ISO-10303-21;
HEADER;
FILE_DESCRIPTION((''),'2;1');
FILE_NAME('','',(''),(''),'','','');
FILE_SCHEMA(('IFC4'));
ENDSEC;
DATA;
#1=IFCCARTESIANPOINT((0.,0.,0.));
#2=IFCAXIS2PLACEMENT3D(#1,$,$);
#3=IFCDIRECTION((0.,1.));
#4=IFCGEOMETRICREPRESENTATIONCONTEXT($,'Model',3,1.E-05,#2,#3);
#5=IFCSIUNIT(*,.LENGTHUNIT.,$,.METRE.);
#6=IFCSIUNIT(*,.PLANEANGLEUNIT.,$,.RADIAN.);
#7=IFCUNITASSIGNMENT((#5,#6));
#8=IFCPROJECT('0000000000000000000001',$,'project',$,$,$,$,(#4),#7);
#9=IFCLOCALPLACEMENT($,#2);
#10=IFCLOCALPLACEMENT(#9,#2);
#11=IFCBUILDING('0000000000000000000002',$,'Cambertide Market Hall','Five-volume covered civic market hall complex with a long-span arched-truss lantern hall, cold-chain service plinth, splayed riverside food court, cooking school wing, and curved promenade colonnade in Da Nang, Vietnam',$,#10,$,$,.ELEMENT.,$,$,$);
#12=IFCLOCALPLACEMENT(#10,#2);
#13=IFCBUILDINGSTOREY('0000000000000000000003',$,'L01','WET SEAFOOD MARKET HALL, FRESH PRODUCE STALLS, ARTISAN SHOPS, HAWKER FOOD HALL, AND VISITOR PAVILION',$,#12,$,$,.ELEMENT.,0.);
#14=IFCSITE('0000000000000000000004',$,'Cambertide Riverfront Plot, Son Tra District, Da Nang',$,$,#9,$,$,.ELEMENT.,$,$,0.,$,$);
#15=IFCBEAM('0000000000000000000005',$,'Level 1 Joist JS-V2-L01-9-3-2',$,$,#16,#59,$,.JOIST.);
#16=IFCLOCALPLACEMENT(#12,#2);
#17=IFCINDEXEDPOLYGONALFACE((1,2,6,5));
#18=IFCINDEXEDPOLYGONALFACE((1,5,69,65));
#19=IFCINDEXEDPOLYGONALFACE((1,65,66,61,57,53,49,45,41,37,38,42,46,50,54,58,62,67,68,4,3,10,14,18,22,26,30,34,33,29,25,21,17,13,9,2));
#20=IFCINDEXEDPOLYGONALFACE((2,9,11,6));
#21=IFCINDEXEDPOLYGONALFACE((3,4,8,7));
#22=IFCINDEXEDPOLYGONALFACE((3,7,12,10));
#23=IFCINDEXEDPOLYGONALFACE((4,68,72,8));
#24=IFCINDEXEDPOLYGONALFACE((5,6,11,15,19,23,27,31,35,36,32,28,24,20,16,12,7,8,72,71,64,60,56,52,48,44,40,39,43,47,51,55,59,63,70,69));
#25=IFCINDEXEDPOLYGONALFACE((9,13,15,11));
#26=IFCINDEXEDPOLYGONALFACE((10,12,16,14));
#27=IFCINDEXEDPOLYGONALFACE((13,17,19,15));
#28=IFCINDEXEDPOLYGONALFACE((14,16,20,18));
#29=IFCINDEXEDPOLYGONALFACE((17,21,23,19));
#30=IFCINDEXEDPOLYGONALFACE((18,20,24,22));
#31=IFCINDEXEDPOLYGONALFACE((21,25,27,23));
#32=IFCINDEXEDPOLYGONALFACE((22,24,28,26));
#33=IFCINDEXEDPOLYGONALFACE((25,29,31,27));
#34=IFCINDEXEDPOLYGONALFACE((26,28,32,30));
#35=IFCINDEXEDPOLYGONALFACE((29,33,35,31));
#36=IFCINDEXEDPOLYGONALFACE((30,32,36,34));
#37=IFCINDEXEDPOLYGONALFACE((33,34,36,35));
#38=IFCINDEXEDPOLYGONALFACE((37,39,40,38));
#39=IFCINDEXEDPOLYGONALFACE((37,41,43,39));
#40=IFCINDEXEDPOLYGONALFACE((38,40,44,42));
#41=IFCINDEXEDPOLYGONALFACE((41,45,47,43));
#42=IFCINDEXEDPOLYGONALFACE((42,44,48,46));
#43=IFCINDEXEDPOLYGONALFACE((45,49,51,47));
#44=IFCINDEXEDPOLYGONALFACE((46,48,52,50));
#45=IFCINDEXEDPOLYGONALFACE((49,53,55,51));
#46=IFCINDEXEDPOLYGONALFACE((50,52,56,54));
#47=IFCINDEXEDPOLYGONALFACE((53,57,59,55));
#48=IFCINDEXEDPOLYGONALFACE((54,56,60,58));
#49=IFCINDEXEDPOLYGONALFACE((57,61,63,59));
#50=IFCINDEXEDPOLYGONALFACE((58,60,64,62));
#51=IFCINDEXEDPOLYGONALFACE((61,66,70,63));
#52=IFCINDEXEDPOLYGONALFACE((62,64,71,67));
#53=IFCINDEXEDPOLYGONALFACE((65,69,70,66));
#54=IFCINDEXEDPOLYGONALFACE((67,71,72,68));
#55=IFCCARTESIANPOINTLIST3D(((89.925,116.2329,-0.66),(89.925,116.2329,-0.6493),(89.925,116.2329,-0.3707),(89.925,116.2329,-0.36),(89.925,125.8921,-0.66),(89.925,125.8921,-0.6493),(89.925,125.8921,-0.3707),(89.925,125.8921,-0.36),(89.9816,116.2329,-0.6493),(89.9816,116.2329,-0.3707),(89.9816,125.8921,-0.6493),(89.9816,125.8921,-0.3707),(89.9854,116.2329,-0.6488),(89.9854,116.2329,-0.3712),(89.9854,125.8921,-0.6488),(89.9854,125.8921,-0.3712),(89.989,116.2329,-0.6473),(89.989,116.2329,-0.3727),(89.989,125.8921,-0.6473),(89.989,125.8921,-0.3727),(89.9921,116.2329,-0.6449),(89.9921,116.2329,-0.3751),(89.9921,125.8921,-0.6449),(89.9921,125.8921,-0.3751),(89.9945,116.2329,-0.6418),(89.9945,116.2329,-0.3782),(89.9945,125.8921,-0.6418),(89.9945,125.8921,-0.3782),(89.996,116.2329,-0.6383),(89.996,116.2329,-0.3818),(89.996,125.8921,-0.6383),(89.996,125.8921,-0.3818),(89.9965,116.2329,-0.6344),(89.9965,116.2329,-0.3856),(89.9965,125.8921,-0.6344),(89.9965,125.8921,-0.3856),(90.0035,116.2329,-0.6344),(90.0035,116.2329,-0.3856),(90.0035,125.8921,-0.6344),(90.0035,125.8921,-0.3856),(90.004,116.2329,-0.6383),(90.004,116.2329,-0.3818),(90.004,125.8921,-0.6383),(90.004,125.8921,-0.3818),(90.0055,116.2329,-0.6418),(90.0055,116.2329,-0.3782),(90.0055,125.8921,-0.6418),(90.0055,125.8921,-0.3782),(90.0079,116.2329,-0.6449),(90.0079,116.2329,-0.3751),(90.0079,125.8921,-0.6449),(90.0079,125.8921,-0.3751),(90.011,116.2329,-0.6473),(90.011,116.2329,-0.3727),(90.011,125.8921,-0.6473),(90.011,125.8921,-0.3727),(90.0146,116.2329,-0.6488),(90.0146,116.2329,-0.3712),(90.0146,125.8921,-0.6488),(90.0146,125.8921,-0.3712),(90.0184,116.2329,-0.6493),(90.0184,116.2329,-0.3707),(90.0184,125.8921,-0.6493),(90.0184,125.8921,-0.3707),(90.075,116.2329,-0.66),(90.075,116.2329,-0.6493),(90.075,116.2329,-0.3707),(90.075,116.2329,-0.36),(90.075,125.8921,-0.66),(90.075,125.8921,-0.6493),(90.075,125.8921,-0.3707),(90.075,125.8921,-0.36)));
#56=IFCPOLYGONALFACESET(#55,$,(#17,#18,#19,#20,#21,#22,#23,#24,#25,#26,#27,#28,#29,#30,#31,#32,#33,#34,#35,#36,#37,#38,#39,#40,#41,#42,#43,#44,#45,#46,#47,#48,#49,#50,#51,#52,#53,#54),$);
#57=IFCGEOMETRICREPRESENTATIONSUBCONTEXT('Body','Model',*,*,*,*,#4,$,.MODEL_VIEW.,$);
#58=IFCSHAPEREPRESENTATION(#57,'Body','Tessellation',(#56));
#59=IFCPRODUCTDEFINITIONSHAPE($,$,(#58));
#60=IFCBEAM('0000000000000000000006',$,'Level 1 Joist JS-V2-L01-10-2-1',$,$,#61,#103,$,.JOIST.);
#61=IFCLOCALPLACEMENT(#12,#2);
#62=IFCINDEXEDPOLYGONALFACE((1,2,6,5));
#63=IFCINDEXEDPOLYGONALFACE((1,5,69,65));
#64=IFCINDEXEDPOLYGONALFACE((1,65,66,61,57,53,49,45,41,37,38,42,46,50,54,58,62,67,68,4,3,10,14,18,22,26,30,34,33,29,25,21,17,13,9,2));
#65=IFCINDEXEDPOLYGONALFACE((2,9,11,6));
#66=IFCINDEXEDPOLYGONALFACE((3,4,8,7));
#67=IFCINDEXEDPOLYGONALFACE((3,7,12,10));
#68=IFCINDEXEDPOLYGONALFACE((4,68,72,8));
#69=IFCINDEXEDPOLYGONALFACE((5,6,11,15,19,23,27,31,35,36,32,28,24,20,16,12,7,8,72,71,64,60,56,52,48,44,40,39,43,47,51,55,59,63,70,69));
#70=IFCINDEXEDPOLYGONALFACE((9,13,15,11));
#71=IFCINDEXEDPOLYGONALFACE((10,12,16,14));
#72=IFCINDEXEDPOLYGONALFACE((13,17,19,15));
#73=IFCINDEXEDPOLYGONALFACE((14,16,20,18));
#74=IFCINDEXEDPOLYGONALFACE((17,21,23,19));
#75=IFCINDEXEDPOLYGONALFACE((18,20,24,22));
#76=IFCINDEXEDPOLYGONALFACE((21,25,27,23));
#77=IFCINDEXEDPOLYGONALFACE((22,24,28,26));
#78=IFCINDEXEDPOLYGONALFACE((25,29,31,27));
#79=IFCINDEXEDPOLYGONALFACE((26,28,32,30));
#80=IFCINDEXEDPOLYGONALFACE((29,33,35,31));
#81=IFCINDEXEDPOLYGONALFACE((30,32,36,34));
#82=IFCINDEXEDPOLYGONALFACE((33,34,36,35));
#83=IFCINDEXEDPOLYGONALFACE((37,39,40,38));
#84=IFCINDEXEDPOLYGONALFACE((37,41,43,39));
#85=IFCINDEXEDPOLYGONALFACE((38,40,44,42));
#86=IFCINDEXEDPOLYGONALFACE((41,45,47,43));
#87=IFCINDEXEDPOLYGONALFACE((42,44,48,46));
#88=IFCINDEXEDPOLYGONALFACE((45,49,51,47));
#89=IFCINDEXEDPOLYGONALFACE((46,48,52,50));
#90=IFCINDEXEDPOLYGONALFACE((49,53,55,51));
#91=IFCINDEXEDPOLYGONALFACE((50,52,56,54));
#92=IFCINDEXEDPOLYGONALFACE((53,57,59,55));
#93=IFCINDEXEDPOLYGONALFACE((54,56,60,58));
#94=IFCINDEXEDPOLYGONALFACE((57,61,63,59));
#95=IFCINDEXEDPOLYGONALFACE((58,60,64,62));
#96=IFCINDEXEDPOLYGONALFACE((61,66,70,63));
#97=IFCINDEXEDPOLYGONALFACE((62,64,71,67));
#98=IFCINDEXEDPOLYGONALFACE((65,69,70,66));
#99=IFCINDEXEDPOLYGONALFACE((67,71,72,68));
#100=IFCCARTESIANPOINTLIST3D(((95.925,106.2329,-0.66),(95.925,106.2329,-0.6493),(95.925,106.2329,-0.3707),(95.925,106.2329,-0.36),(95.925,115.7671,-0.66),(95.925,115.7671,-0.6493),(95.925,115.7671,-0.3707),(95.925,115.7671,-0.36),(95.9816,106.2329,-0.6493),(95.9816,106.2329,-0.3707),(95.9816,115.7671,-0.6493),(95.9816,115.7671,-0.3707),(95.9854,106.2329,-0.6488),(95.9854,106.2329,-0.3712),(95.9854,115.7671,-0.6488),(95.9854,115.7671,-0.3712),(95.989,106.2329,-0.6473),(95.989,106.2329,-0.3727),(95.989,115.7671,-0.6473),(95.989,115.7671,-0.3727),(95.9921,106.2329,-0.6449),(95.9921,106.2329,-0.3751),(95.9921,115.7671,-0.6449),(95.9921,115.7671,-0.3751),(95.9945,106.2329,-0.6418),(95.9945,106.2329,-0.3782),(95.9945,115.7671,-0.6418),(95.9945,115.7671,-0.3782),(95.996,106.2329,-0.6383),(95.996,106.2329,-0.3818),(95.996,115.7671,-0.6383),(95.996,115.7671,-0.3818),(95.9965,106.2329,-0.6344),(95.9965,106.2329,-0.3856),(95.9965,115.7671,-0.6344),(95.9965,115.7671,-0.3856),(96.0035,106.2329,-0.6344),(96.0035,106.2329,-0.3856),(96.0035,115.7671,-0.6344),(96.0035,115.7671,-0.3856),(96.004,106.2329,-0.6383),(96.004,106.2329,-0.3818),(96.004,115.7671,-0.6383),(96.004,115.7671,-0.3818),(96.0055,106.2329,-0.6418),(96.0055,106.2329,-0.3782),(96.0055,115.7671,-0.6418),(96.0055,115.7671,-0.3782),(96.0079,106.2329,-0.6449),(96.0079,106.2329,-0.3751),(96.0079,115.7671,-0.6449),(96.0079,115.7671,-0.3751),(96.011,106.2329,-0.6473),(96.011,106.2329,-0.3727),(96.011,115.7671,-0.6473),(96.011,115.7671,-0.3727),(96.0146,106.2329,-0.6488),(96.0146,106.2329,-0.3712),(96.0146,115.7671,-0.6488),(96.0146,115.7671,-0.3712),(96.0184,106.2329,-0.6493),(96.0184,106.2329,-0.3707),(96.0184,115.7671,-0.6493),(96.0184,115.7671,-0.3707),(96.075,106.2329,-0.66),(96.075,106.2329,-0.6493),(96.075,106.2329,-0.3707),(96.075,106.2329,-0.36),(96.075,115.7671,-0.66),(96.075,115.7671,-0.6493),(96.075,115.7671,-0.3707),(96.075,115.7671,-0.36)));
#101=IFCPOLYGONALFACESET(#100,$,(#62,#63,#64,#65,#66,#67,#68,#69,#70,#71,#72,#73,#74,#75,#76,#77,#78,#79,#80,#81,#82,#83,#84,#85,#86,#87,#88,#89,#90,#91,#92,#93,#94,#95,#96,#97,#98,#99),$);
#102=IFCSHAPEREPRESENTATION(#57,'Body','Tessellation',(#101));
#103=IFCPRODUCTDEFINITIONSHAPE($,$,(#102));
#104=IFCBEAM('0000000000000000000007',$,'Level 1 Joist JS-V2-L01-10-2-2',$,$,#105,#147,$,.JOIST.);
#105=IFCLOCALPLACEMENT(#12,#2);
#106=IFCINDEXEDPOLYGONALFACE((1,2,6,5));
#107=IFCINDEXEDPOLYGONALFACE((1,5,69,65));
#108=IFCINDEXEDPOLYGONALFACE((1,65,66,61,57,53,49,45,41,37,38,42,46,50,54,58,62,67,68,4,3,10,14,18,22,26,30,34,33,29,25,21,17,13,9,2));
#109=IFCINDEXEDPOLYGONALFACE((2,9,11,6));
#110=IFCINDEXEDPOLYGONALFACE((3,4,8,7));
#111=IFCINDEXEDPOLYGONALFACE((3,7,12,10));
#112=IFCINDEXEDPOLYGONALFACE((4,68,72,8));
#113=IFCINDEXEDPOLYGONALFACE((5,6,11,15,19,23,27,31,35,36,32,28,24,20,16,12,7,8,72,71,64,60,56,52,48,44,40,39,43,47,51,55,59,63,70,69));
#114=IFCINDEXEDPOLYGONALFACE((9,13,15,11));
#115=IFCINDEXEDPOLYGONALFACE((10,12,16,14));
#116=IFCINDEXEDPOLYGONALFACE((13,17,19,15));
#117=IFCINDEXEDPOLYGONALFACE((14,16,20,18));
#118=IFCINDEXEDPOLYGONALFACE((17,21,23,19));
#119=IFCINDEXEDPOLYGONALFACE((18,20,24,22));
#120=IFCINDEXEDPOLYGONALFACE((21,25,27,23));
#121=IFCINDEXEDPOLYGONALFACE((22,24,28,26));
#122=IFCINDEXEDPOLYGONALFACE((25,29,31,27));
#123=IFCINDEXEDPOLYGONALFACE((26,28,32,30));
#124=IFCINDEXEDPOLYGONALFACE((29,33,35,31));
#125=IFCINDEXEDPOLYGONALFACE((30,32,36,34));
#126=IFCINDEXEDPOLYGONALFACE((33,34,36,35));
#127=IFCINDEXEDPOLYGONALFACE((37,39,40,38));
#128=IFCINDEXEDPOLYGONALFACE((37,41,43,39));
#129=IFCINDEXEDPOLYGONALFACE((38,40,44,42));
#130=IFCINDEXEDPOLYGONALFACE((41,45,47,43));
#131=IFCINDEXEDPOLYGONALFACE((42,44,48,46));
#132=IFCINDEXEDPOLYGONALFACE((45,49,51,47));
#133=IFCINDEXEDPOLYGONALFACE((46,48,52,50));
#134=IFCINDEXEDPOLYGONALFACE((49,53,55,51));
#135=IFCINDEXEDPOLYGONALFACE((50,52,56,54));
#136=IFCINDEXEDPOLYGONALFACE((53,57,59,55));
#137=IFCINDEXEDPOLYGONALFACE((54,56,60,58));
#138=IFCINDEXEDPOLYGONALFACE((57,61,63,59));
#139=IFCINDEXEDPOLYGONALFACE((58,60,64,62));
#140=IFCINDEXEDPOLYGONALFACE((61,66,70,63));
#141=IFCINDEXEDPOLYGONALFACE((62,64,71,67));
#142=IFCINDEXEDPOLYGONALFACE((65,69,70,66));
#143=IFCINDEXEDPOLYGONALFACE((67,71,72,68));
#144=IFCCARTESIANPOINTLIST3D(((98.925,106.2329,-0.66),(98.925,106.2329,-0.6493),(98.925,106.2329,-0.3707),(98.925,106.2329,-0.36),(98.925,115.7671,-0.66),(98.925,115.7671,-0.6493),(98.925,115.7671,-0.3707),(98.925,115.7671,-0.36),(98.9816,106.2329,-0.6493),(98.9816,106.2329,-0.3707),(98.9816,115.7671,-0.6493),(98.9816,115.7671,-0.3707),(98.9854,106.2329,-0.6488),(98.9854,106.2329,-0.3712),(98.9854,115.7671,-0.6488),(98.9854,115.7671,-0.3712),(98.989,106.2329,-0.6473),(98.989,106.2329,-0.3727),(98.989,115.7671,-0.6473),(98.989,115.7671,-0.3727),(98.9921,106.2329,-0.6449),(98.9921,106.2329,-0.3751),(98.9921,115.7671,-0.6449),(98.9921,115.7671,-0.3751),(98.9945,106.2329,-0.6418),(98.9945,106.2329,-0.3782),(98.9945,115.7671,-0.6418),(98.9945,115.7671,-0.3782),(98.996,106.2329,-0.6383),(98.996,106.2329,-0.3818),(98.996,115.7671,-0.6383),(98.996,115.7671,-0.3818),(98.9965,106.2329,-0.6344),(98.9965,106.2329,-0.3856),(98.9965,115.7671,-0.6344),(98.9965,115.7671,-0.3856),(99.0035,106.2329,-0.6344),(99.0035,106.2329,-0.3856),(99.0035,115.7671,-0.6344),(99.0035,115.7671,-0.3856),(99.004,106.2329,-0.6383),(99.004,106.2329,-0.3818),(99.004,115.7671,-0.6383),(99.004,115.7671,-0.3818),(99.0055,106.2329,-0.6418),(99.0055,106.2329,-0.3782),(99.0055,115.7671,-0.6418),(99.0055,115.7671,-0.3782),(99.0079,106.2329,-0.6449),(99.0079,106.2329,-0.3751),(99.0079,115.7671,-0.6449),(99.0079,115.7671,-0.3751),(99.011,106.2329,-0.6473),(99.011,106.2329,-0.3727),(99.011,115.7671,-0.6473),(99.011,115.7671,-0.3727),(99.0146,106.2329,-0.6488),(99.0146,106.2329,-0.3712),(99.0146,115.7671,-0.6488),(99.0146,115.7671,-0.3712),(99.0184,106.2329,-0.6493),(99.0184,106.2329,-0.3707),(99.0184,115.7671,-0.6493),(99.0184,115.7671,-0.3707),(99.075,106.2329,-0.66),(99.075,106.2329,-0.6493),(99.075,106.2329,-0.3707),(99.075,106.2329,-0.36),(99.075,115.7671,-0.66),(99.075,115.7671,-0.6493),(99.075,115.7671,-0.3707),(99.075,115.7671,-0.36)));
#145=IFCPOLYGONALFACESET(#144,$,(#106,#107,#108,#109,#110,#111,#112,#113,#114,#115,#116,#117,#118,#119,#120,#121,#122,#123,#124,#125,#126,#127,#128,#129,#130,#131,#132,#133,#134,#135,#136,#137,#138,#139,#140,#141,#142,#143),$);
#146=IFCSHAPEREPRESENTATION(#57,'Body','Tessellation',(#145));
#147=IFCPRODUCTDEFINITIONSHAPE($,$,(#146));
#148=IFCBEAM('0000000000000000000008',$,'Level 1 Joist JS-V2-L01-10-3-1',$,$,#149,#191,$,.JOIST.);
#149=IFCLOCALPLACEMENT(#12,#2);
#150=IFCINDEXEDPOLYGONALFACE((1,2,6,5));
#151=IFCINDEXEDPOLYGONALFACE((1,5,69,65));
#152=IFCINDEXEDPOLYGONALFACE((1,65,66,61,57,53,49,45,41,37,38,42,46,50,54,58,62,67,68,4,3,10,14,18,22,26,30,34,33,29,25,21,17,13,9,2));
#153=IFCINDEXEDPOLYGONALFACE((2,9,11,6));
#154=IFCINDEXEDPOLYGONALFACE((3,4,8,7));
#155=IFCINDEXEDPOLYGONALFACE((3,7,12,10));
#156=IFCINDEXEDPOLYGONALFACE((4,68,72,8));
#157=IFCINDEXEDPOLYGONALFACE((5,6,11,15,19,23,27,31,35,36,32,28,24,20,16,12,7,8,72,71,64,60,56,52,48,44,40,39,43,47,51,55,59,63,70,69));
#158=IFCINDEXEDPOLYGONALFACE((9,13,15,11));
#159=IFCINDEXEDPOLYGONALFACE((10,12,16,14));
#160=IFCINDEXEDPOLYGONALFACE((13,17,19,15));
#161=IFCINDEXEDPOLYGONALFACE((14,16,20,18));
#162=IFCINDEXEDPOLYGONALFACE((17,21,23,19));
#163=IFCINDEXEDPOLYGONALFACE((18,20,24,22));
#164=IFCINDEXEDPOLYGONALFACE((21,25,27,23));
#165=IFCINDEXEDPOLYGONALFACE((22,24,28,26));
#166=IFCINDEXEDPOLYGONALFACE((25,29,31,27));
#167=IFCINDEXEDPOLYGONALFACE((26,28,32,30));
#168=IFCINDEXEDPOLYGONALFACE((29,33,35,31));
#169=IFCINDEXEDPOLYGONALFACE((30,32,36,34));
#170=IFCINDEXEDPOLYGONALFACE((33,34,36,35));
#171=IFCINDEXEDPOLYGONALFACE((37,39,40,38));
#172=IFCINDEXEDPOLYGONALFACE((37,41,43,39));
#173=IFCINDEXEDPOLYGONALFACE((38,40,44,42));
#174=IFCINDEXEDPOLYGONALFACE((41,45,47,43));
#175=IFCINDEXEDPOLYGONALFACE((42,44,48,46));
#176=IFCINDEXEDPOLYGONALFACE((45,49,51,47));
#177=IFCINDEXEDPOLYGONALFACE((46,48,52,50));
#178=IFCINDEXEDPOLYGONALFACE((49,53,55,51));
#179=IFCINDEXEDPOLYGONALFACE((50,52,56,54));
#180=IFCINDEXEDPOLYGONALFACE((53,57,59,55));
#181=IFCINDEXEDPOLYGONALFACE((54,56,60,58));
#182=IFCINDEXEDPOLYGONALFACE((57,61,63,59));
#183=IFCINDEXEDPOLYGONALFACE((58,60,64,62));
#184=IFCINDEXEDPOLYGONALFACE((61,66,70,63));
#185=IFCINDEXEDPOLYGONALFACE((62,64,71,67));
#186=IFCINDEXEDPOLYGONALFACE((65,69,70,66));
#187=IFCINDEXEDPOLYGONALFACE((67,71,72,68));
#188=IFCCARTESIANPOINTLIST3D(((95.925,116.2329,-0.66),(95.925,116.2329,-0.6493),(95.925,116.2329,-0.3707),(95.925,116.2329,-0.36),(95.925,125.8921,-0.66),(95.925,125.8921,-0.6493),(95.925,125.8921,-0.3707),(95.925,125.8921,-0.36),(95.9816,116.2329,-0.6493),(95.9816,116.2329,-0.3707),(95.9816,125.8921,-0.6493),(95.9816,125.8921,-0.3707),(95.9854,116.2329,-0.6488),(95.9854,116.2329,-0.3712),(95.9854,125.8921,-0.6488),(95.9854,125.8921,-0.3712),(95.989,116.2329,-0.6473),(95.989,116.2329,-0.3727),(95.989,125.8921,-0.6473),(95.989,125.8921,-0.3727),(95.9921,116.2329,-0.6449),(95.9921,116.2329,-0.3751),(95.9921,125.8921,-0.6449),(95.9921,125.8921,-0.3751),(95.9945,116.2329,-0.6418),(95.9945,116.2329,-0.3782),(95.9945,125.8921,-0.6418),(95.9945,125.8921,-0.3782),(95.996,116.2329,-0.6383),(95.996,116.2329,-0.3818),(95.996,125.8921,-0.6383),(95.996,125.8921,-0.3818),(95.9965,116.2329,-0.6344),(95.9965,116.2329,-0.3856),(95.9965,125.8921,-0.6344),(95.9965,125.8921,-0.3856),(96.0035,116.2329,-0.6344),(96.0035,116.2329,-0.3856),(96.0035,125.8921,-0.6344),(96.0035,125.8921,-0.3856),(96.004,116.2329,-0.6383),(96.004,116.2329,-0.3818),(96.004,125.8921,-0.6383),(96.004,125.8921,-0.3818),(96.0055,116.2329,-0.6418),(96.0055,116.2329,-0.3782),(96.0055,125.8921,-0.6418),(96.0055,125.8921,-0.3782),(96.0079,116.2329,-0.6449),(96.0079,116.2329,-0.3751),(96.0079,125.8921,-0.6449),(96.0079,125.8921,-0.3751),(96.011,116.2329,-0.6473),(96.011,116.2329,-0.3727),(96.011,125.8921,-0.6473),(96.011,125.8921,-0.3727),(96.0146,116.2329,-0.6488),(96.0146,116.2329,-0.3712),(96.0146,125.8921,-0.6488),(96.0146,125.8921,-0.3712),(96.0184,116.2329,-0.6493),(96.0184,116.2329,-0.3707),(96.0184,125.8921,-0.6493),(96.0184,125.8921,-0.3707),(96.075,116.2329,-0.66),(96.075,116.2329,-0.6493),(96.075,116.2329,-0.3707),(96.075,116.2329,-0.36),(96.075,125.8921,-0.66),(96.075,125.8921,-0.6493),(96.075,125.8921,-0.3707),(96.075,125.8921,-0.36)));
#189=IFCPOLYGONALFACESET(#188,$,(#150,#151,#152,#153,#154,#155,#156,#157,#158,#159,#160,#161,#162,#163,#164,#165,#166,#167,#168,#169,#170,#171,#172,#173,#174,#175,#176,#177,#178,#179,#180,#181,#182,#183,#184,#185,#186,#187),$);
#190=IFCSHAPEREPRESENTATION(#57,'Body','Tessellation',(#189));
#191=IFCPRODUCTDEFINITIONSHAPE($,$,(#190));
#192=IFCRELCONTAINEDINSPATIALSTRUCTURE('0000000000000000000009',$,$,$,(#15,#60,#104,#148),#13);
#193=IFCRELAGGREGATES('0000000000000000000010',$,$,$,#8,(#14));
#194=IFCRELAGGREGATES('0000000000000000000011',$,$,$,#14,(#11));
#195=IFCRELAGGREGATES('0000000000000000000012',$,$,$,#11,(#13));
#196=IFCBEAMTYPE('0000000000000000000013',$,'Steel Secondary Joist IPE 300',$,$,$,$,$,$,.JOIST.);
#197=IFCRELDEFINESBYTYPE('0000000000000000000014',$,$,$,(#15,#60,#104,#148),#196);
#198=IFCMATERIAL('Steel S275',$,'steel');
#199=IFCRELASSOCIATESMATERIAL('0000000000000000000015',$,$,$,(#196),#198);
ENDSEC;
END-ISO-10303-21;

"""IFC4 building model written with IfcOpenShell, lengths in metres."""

from ifc_helpers import new_model, si_unit, direction, frame, origin, origin_2d, place, context, subcontext, project, spatial, i_section, extrude, material, material_profile, profile_set, type_object, element, save


model = new_model("IFC4")

# Units and contexts
model_context = context("Model", 3, precision=1e-05, world=origin(), true_north=direction((0.0, 1.0)))
body_context = subcontext(model_context, "Body", "Model", "MODEL_VIEW")
ifc_project = project(units=[si_unit("LENGTHUNIT", "METRE"), si_unit("PLANEANGLEUNIT", "RADIAN")], contexts=[model_context])

# Site, building, storey
site_placement = place(None, origin())
site = spatial("IfcSite", under=ifc_project, at=site_placement, Name="Cambertide Riverfront Plot, Son Tra District, Da Nang", CompositionType="ELEMENT", RefElevation=0.0)
building_placement = place(site_placement, origin())
building = spatial("IfcBuilding", under=site, at=building_placement, Name="Cambertide Market Hall", Description="Five-volume covered civic market hall complex with a long-span arched-truss lantern hall, cold-chain service plinth, splayed riverside food court, cooking school wing, and curved promenade colonnade in Da Nang, Vietnam", CompositionType="ELEMENT")
storey_placement = place(building_placement, origin())
storey = spatial("IfcBuildingStorey", under=building, at=storey_placement, Name="L01", Description="WET SEAFOOD MARKET HALL, FRESH PRODUCE STALLS, ARTISAN SHOPS, HAWKER FOOD HALL, AND VISITOR PAVILION", CompositionType="ELEMENT", Elevation=0.0)

# Beams
ifc_material_1 = material(Name="Steel S275", Category="steel")
ifc_material_profile_1 = material_profile(ifc_material_1, i_section(OverallWidth=0.1499, OverallDepth=0.3, WebThickness=0.0071, FlangeThickness=0.0107, FilletRadius=0.0149, at=origin_2d()), Name="IPE 300")
ifc_profile_set_1 = profile_set([ifc_material_profile_1], Name="Steel S275")
beam_type_1 = type_object("IfcBeamType", Name="Steel Secondary Joist IPE 300", PredefinedType="JOIST", material=ifc_profile_set_1)
for number, where, z_axis, x_axis, name in (
    (1, (90.0, 116.2329, -0.51), (0.0, 1.0, 0.0), (-1.0, 0.0, 0.0), "Level 1 Joist JS-V2-L01-9-3-2"),
):
    element("IfcBeam", number, at=place(storey_placement, frame(where, z_axis=z_axis, x_axis=x_axis)), inside=storey, type_object=beam_type_1, Name=name, PredefinedType="JOIST", context=body_context, shape_type="SweptSolid", body=[
        extrude(i_section(OverallWidth=0.1499, OverallDepth=0.3, WebThickness=0.0071, FlangeThickness=0.0107, FilletRadius=0.0149, at=origin_2d()), origin(), (0.0, 0.0, 1.0), 9.6592),
    ])
for number, where, z_axis, x_axis, name in (
    (2, (96.0, 106.2329, -0.51), (0.0, 1.0, 0.0), (-1.0, 0.0, 0.0), "Level 1 Joist JS-V2-L01-10-2-1"),
    (3, (99.0, 106.2329, -0.51), (0.0, 1.0, 0.0), (-1.0, 0.0, 0.0), "Level 1 Joist JS-V2-L01-10-2-2"),
):
    element("IfcBeam", number, at=place(storey_placement, frame(where, z_axis=z_axis, x_axis=x_axis)), inside=storey, type_object=beam_type_1, Name=name, PredefinedType="JOIST", context=body_context, shape_type="SweptSolid", body=[
        extrude(i_section(OverallWidth=0.1499, OverallDepth=0.3, WebThickness=0.0071, FlangeThickness=0.0107, FilletRadius=0.0149, at=origin_2d()), origin(), (0.0, 0.0, 1.0), 9.5342),
    ])
for number, where, z_axis, x_axis, name in (
    (4, (96.0, 116.2329, -0.51), (0.0, 1.0, 0.0), (-1.0, 0.0, 0.0), "Level 1 Joist JS-V2-L01-10-3-1"),
):
    element("IfcBeam", number, at=place(storey_placement, frame(where, z_axis=z_axis, x_axis=x_axis)), inside=storey, type_object=beam_type_1, Name=name, PredefinedType="JOIST", context=body_context, shape_type="SweptSolid", body=[
        extrude(i_section(OverallWidth=0.1499, OverallDepth=0.3, WebThickness=0.0071, FlangeThickness=0.0107, FilletRadius=0.0149, at=origin_2d()), origin(), (0.0, 0.0, 1.0), 9.6592),
    ])

save(model, "model.ifc")
